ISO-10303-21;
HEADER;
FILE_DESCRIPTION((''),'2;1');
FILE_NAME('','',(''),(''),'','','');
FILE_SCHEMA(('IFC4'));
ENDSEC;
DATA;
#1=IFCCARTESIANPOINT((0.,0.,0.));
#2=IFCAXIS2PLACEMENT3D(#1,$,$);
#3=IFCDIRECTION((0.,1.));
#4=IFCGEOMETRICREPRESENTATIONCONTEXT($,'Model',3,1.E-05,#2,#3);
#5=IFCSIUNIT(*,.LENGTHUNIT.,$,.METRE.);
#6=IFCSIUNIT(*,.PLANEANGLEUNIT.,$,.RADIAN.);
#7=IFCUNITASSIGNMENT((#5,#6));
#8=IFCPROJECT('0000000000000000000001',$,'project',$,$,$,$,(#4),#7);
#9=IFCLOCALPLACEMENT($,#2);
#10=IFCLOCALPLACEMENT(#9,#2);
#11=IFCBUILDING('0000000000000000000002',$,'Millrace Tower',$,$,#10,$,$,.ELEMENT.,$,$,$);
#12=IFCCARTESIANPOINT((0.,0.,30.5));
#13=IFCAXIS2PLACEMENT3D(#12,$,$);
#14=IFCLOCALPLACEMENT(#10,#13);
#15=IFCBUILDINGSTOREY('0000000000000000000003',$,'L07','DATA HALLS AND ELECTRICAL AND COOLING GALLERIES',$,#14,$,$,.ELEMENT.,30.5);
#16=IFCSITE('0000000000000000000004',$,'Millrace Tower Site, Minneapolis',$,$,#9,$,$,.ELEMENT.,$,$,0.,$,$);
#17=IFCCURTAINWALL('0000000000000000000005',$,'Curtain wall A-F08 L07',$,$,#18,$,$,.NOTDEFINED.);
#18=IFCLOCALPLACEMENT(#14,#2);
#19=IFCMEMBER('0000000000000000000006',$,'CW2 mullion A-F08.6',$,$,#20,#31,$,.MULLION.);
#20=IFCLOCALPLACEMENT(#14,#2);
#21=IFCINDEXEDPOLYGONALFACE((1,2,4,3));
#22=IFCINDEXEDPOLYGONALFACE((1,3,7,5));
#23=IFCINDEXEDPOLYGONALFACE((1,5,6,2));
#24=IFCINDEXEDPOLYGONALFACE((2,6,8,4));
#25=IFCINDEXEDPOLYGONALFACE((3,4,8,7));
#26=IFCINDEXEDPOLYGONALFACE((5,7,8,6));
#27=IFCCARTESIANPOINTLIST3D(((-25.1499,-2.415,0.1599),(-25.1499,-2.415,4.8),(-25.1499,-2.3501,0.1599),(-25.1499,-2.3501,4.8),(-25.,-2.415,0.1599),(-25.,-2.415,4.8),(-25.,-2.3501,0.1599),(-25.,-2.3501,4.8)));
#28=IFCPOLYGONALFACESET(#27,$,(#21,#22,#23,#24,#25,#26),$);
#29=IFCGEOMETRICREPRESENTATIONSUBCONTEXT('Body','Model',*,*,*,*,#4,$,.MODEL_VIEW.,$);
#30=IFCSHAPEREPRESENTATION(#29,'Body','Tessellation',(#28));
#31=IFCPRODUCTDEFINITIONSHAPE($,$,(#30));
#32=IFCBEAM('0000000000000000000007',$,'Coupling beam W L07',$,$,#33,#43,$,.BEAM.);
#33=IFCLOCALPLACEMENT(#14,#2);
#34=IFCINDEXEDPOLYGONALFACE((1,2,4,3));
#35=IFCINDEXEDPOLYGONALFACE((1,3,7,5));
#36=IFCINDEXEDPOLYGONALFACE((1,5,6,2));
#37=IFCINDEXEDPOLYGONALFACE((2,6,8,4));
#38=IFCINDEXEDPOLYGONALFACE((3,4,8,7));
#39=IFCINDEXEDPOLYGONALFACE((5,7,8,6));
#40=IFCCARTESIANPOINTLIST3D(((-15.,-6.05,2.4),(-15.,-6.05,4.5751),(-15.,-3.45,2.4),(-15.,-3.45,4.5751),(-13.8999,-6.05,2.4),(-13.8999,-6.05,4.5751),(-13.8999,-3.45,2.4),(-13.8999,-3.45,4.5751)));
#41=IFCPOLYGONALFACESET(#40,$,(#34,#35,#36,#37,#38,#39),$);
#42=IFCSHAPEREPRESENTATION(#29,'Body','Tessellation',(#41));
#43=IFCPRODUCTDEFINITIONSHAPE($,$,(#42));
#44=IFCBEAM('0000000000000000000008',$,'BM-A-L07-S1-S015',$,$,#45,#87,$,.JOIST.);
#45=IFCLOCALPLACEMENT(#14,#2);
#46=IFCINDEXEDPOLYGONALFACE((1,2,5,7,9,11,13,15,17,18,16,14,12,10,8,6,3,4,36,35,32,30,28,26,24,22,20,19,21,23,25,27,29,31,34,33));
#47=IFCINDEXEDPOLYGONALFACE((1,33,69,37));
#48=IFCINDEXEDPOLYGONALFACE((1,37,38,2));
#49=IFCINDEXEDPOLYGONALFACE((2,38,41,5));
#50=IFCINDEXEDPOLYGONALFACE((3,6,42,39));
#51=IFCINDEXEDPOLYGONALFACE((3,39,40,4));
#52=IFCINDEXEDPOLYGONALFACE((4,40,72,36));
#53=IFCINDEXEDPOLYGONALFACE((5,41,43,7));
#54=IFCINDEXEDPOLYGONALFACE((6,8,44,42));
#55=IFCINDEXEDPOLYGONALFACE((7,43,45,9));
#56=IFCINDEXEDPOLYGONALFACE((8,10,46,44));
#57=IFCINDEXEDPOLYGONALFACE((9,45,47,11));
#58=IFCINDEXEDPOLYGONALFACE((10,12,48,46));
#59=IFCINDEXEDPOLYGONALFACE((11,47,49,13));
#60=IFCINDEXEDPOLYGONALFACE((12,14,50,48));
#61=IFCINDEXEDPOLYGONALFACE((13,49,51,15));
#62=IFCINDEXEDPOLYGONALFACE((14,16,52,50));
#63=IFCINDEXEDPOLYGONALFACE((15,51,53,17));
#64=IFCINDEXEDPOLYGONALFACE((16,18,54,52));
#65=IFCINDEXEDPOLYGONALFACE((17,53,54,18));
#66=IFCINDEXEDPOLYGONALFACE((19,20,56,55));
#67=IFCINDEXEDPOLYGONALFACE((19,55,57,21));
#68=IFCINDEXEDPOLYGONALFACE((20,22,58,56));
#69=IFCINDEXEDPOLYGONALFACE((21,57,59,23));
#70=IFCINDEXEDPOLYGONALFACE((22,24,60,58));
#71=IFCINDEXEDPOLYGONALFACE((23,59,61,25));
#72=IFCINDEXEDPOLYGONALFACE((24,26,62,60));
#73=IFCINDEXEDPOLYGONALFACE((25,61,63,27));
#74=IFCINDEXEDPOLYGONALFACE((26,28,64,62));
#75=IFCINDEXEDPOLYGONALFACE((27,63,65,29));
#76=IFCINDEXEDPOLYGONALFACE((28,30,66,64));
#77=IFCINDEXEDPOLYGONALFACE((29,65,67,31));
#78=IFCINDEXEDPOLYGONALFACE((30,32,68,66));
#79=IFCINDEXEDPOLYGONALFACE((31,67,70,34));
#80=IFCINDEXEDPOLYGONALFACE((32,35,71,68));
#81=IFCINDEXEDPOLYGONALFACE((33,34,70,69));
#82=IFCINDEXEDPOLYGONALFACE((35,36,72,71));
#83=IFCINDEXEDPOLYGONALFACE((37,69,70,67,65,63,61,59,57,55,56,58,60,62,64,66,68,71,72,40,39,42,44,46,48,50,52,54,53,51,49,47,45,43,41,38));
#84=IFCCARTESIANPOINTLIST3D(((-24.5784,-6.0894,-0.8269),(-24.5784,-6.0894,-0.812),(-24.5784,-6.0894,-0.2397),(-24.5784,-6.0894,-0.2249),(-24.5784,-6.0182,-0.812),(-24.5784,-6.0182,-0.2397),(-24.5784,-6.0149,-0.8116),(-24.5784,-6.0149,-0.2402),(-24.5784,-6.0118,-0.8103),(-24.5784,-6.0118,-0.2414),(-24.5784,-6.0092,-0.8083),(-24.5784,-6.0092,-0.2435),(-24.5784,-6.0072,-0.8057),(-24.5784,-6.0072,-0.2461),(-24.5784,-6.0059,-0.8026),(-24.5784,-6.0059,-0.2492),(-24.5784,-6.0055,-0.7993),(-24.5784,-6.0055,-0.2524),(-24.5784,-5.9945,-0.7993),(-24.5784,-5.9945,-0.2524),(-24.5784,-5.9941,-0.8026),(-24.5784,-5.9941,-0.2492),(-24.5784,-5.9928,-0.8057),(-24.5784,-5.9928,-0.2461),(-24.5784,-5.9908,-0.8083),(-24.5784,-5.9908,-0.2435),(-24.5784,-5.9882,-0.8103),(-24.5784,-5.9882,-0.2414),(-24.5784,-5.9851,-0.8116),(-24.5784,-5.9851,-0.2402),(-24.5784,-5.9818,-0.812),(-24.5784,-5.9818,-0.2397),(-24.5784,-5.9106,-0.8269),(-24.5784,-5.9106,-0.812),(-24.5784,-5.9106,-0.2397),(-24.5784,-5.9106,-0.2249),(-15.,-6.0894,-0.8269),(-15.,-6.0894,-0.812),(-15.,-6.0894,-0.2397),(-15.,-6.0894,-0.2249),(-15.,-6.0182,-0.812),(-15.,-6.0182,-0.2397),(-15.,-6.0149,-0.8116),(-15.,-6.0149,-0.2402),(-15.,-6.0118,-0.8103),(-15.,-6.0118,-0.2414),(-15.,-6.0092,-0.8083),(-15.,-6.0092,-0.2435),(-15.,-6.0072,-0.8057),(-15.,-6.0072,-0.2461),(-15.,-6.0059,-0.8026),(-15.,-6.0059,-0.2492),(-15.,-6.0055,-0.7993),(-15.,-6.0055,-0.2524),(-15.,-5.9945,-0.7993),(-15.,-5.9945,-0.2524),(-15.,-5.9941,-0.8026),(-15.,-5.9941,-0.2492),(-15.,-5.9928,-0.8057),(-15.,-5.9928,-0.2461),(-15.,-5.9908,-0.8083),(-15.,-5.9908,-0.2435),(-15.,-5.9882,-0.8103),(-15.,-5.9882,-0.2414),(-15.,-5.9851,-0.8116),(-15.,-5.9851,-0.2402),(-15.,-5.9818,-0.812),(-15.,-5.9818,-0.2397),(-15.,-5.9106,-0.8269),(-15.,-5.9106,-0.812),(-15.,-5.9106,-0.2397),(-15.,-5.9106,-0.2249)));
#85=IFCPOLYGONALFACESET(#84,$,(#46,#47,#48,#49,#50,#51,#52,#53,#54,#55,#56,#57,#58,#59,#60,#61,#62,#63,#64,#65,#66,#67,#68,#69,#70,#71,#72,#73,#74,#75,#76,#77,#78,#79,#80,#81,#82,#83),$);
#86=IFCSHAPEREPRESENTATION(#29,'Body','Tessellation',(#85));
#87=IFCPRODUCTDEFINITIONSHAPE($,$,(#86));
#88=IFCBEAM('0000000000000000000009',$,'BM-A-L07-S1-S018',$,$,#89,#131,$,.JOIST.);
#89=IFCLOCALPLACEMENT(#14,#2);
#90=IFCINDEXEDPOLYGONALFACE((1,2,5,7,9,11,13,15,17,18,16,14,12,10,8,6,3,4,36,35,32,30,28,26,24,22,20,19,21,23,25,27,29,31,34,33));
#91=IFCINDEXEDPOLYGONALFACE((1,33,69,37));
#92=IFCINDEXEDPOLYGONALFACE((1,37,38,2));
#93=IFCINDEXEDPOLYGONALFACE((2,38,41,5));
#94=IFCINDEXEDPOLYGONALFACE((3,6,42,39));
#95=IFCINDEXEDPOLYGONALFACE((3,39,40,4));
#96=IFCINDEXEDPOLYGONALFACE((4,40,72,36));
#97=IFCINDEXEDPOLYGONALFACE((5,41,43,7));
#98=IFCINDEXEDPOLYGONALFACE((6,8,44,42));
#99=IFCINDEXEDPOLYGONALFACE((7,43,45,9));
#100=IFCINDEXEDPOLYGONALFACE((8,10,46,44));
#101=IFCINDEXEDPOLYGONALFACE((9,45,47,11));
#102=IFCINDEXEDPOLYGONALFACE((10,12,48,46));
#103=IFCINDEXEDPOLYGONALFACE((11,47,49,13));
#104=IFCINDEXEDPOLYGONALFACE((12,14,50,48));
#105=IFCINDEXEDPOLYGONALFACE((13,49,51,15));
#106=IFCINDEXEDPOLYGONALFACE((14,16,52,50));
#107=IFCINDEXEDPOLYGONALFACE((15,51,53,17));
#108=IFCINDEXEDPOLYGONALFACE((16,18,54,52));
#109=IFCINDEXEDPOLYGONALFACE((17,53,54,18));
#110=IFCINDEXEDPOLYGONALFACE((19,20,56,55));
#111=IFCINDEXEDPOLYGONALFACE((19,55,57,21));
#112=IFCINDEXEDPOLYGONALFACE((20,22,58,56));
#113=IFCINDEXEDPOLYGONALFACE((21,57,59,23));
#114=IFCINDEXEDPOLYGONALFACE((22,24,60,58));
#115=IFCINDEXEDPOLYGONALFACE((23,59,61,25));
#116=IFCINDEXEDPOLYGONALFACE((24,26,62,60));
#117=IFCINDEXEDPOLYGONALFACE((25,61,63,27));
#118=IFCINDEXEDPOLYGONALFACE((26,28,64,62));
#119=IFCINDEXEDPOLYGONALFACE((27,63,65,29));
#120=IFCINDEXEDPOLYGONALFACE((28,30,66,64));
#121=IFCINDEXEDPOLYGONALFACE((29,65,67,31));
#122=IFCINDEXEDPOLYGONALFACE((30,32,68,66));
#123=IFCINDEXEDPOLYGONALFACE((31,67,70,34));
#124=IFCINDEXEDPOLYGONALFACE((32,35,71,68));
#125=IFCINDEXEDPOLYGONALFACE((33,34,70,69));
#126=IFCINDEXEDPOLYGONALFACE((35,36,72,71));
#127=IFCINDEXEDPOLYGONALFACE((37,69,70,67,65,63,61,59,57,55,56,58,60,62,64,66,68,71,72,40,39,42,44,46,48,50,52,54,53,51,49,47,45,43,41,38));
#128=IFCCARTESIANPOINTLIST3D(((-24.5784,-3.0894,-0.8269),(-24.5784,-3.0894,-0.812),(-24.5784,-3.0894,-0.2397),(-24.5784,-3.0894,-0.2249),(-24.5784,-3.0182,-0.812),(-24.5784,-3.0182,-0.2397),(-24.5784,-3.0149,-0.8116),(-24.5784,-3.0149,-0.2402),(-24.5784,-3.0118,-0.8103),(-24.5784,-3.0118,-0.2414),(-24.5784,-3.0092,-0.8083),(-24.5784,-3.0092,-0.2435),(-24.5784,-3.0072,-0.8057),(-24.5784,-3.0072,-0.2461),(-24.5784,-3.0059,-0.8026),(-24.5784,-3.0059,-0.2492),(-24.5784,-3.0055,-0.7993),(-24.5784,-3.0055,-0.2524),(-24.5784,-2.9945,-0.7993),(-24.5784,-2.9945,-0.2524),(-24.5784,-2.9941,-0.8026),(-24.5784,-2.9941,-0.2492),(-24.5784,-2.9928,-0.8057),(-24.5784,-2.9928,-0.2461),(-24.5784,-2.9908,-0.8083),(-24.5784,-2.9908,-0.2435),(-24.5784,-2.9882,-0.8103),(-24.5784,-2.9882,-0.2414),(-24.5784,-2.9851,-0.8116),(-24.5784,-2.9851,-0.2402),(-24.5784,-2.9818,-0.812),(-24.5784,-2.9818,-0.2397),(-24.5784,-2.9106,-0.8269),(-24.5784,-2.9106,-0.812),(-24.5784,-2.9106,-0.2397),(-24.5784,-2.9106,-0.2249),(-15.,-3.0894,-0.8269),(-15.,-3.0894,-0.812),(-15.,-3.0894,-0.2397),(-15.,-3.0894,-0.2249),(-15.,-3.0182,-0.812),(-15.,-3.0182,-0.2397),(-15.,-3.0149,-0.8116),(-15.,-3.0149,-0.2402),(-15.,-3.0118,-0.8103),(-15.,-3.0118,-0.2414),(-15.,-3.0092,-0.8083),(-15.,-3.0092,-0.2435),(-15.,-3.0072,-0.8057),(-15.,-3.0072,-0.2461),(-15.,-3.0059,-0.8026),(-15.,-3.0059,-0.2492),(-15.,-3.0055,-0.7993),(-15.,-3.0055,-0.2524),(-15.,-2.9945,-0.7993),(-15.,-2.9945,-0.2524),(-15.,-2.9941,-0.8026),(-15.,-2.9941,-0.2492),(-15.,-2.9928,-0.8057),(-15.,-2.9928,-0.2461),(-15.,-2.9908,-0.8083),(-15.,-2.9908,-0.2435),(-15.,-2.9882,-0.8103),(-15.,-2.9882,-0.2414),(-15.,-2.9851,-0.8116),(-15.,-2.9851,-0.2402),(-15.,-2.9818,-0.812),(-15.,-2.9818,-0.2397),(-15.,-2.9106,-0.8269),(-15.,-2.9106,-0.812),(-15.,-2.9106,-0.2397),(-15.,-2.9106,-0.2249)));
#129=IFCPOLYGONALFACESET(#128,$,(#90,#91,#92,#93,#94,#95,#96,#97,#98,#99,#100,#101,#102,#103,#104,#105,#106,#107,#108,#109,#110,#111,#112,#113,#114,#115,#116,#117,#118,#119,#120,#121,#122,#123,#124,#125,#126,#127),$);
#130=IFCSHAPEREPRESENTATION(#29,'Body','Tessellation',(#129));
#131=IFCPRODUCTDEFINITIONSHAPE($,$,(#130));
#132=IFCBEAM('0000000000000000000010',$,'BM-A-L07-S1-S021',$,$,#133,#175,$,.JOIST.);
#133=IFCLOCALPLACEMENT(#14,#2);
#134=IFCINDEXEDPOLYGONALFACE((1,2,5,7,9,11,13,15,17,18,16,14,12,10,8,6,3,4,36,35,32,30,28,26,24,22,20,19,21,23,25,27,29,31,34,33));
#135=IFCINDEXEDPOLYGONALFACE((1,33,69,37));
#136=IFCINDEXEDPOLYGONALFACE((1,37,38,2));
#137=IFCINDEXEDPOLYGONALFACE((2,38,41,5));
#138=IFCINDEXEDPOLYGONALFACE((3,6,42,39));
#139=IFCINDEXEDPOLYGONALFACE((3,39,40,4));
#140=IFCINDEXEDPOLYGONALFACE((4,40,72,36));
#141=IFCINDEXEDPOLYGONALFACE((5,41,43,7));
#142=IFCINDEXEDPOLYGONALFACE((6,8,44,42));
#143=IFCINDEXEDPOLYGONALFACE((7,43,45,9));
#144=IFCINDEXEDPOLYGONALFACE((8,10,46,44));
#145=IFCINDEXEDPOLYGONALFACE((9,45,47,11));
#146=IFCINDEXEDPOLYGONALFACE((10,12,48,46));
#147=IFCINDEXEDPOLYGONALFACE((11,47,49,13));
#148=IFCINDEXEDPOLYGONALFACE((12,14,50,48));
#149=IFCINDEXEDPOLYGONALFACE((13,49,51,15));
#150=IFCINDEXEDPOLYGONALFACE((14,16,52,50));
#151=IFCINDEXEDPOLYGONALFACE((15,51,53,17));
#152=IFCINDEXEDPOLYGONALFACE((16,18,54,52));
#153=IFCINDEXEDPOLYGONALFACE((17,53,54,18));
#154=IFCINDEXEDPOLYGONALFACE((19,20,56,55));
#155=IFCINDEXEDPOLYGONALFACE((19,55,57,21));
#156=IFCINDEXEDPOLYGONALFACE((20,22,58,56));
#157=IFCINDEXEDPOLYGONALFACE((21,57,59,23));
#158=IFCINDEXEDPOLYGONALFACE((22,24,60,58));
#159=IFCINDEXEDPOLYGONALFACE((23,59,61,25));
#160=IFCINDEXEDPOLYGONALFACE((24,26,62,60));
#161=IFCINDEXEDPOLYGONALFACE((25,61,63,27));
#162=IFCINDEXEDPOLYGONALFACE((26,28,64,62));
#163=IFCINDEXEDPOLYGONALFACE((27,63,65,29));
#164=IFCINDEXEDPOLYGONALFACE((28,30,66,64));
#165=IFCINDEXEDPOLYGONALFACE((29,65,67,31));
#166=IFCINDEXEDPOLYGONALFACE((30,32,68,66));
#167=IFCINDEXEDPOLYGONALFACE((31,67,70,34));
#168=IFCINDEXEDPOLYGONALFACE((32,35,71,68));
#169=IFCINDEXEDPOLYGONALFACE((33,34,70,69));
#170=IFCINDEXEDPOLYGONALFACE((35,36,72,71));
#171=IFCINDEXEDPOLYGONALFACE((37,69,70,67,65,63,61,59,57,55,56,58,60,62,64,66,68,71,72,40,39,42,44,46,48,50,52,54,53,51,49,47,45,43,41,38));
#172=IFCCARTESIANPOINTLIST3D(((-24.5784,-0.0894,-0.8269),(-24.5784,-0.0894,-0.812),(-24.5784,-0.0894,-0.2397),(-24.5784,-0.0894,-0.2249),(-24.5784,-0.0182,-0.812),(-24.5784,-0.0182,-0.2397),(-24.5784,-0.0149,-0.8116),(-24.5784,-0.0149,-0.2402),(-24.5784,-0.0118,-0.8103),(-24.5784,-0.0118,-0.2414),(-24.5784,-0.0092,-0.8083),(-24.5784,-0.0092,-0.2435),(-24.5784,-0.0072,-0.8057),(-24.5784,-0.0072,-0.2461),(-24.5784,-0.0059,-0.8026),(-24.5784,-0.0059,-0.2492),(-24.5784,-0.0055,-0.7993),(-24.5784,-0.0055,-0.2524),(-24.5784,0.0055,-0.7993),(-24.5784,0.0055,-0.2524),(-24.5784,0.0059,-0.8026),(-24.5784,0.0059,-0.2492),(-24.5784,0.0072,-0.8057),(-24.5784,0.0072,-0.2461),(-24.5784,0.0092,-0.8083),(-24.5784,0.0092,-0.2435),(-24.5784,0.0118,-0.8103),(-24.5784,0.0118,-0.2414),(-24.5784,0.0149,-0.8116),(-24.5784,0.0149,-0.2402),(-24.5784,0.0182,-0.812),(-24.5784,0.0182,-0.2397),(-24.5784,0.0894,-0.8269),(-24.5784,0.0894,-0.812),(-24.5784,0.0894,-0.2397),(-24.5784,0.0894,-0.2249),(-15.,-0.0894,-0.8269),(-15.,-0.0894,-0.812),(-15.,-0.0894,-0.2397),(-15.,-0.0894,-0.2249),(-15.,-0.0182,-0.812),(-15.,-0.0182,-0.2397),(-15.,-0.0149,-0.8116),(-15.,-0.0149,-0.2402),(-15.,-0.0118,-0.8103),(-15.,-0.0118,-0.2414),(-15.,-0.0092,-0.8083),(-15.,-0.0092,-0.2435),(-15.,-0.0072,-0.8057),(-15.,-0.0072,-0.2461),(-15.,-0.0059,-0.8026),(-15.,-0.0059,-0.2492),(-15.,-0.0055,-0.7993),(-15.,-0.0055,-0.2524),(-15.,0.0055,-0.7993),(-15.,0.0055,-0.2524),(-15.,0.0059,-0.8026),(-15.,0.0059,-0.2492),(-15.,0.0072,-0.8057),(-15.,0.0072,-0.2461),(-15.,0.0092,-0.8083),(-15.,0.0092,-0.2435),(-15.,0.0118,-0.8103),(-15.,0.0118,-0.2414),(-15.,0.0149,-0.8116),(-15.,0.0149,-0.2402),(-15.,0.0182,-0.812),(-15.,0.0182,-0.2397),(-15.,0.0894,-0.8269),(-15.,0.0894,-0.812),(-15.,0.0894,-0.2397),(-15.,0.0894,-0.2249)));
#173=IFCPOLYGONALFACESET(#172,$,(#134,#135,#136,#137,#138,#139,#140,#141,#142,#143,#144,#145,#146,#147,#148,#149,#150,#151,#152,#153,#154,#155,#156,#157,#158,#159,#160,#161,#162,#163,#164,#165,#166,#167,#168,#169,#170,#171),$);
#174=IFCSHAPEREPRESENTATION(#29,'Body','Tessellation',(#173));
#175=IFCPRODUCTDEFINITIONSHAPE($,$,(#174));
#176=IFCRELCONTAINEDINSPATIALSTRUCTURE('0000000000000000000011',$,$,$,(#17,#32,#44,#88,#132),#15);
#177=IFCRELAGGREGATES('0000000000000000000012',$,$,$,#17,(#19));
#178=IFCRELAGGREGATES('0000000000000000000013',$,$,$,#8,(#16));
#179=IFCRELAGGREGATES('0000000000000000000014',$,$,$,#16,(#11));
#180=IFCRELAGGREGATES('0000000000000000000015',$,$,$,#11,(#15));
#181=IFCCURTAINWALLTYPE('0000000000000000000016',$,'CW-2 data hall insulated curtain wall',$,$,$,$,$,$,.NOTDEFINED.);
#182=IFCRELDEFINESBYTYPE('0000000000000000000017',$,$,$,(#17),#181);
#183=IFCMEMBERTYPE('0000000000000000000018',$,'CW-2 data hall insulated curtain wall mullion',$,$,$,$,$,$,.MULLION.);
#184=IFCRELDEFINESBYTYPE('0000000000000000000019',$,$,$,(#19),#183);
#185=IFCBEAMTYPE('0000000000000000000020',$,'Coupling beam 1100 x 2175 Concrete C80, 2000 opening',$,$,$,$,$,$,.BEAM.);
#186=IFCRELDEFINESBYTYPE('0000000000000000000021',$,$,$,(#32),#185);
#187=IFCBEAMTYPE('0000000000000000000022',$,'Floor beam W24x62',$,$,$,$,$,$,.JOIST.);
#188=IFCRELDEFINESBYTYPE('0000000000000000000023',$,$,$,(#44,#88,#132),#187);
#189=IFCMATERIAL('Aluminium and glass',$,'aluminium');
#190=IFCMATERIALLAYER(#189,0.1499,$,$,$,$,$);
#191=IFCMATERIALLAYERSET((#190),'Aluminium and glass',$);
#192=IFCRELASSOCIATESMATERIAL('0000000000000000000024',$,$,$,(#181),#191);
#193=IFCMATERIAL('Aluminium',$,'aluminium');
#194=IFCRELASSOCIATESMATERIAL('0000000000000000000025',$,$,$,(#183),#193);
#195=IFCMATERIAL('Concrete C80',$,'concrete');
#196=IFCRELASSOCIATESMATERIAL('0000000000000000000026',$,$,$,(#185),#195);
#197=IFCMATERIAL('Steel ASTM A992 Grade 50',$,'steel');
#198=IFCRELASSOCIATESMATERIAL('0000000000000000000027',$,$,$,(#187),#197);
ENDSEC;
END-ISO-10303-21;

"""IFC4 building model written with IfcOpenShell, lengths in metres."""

from ifc_helpers import new_model, si_unit, direction, frame, origin, origin_2d, place, context, subcontext, project, spatial, rectangle, i_section, extrude, material, layer, layer_set, material_profile, profile_set, type_object, element, aggregate, save


model = new_model("IFC4")

# Units and contexts
model_context = context("Model", 3, precision=1e-05, world=origin(), true_north=direction((0.0, 1.0)))
body_context = subcontext(model_context, "Body", "Model", "MODEL_VIEW")
ifc_project = project(units=[si_unit("LENGTHUNIT", "METRE"), si_unit("PLANEANGLEUNIT", "RADIAN")], contexts=[model_context])

# Site, building, storey
site_placement = place(None, origin())
site = spatial("IfcSite", under=ifc_project, at=site_placement, Name="Millrace Tower Site, Minneapolis", CompositionType="ELEMENT", RefElevation=0.0)
building_placement = place(site_placement, origin())
building = spatial("IfcBuilding", under=site, at=building_placement, Name="Millrace Tower", CompositionType="ELEMENT")
storey_placement = place(building_placement, frame((0.0, 0.0, 30.5)))
storey = spatial("IfcBuildingStorey", under=building, at=storey_placement, Name="L07", Description="DATA HALLS AND ELECTRICAL AND COOLING GALLERIES", CompositionType="ELEMENT", Elevation=30.5)

# Curtain wall, member
ifc_material_1 = material(Name="Aluminium and glass", Category="aluminium")
ifc_layer_1 = layer(ifc_material_1, 0.1499)
ifc_layer_set_1 = layer_set([ifc_layer_1], Name="Aluminium and glass")
curtain_wall_type = type_object("IfcCurtainWallType", Name="CW-2 data hall insulated curtain wall", PredefinedType="NOTDEFINED", material=ifc_layer_set_1)
curtain_wall_placement = place(storey_placement, origin())
curtain_wall = element("IfcCurtainWall", 1, at=curtain_wall_placement, inside=storey, type_object=curtain_wall_type, Name="Curtain wall A-F08 L07", PredefinedType="NOTDEFINED")
ifc_material_2 = material(Name="Aluminium", Category="aluminium")
ifc_material_profile_1 = material_profile(ifc_material_2, rectangle(XDim=0.0649, YDim=0.1499, at=origin_2d()))
ifc_profile_set_1 = profile_set([ifc_material_profile_1], Name="Aluminium")
member_type = type_object("IfcMemberType", Name="CW-2 data hall insulated curtain wall mullion", PredefinedType="MULLION", material=ifc_profile_set_1)
member_placement = place(storey_placement, frame((-25.075, -2.3826, 0.1599), z_axis=(0.0, 0.0, 1.0), x_axis=(0.0, -1.0, 0.0)))
member = element("IfcMember", 2, at=member_placement, type_object=member_type, Name="CW2 mullion A-F08.6", PredefinedType="MULLION", context=body_context, shape_type="SweptSolid", body=[
    extrude(rectangle(XDim=0.0649, YDim=0.1499, at=origin_2d()), origin(), (0.0, 0.0, 1.0), 4.6401),
])
aggregate(curtain_wall, [member])

# Beams
ifc_material_3 = material(Name="Concrete C80", Category="concrete")
ifc_material_profile_2 = material_profile(ifc_material_3, rectangle(XDim=1.1001, YDim=2.175, at=origin_2d()))
ifc_profile_set_2 = profile_set([ifc_material_profile_2], Name="Concrete C80")
beam_type_1 = type_object("IfcBeamType", Name="Coupling beam 1100 x 2175 Concrete C80, 2000 opening", PredefinedType="BEAM", material=ifc_profile_set_2)
beam_1_placement = place(storey_placement, frame((-14.45, -6.05, 3.4875), z_axis=(0.0, 1.0, 0.0), x_axis=(-1.0, 0.0, 0.0)))
element("IfcBeam", 3, at=beam_1_placement, inside=storey, type_object=beam_type_1, Name="Coupling beam W L07", PredefinedType="BEAM", context=body_context, shape_type="SweptSolid", body=[
    extrude(rectangle(XDim=1.1001, YDim=2.175, at=origin_2d()), origin(), (0.0, 0.0, 1.0), 2.6001),
])
ifc_material_4 = material(Name="Steel ASTM A992 Grade 50", Category="steel")
ifc_material_profile_3 = material_profile(ifc_material_4, i_section(OverallWidth=0.1787, OverallDepth=0.6021, WebThickness=0.011, FlangeThickness=0.0149, FilletRadius=0.0127, at=origin_2d()))
ifc_profile_set_3 = profile_set([ifc_material_profile_3], Name="Steel ASTM A992 Grade 50")
beam_type_2 = type_object("IfcBeamType", Name="Floor beam W24x62", PredefinedType="JOIST", material=ifc_profile_set_3)
for number, where, z_axis, x_axis, name in (
    (4, (-24.5784, -6.0, -0.5259), (1.0, 0.0, 0.0), (0.0, 1.0, 0.0), "BM-A-L07-S1-S015"),
    (5, (-24.5784, -3.0, -0.5259), (1.0, 0.0, 0.0), (0.0, 1.0, 0.0), "BM-A-L07-S1-S018"),
    (6, (-24.5784, 0.0, -0.5259), (1.0, 0.0, 0.0), (0.0, 1.0, 0.0), "BM-A-L07-S1-S021"),
):
    element("IfcBeam", number, at=place(storey_placement, frame(where, z_axis=z_axis, x_axis=x_axis)), inside=storey, type_object=beam_type_2, Name=name, PredefinedType="JOIST", context=body_context, shape_type="SweptSolid", body=[
        extrude(i_section(OverallWidth=0.1787, OverallDepth=0.6021, WebThickness=0.011, FlangeThickness=0.0149, FilletRadius=0.0127, at=origin_2d()), origin(), (0.0, 0.0, 1.0), 9.5784),
    ])

save(model, "model.ifc")
